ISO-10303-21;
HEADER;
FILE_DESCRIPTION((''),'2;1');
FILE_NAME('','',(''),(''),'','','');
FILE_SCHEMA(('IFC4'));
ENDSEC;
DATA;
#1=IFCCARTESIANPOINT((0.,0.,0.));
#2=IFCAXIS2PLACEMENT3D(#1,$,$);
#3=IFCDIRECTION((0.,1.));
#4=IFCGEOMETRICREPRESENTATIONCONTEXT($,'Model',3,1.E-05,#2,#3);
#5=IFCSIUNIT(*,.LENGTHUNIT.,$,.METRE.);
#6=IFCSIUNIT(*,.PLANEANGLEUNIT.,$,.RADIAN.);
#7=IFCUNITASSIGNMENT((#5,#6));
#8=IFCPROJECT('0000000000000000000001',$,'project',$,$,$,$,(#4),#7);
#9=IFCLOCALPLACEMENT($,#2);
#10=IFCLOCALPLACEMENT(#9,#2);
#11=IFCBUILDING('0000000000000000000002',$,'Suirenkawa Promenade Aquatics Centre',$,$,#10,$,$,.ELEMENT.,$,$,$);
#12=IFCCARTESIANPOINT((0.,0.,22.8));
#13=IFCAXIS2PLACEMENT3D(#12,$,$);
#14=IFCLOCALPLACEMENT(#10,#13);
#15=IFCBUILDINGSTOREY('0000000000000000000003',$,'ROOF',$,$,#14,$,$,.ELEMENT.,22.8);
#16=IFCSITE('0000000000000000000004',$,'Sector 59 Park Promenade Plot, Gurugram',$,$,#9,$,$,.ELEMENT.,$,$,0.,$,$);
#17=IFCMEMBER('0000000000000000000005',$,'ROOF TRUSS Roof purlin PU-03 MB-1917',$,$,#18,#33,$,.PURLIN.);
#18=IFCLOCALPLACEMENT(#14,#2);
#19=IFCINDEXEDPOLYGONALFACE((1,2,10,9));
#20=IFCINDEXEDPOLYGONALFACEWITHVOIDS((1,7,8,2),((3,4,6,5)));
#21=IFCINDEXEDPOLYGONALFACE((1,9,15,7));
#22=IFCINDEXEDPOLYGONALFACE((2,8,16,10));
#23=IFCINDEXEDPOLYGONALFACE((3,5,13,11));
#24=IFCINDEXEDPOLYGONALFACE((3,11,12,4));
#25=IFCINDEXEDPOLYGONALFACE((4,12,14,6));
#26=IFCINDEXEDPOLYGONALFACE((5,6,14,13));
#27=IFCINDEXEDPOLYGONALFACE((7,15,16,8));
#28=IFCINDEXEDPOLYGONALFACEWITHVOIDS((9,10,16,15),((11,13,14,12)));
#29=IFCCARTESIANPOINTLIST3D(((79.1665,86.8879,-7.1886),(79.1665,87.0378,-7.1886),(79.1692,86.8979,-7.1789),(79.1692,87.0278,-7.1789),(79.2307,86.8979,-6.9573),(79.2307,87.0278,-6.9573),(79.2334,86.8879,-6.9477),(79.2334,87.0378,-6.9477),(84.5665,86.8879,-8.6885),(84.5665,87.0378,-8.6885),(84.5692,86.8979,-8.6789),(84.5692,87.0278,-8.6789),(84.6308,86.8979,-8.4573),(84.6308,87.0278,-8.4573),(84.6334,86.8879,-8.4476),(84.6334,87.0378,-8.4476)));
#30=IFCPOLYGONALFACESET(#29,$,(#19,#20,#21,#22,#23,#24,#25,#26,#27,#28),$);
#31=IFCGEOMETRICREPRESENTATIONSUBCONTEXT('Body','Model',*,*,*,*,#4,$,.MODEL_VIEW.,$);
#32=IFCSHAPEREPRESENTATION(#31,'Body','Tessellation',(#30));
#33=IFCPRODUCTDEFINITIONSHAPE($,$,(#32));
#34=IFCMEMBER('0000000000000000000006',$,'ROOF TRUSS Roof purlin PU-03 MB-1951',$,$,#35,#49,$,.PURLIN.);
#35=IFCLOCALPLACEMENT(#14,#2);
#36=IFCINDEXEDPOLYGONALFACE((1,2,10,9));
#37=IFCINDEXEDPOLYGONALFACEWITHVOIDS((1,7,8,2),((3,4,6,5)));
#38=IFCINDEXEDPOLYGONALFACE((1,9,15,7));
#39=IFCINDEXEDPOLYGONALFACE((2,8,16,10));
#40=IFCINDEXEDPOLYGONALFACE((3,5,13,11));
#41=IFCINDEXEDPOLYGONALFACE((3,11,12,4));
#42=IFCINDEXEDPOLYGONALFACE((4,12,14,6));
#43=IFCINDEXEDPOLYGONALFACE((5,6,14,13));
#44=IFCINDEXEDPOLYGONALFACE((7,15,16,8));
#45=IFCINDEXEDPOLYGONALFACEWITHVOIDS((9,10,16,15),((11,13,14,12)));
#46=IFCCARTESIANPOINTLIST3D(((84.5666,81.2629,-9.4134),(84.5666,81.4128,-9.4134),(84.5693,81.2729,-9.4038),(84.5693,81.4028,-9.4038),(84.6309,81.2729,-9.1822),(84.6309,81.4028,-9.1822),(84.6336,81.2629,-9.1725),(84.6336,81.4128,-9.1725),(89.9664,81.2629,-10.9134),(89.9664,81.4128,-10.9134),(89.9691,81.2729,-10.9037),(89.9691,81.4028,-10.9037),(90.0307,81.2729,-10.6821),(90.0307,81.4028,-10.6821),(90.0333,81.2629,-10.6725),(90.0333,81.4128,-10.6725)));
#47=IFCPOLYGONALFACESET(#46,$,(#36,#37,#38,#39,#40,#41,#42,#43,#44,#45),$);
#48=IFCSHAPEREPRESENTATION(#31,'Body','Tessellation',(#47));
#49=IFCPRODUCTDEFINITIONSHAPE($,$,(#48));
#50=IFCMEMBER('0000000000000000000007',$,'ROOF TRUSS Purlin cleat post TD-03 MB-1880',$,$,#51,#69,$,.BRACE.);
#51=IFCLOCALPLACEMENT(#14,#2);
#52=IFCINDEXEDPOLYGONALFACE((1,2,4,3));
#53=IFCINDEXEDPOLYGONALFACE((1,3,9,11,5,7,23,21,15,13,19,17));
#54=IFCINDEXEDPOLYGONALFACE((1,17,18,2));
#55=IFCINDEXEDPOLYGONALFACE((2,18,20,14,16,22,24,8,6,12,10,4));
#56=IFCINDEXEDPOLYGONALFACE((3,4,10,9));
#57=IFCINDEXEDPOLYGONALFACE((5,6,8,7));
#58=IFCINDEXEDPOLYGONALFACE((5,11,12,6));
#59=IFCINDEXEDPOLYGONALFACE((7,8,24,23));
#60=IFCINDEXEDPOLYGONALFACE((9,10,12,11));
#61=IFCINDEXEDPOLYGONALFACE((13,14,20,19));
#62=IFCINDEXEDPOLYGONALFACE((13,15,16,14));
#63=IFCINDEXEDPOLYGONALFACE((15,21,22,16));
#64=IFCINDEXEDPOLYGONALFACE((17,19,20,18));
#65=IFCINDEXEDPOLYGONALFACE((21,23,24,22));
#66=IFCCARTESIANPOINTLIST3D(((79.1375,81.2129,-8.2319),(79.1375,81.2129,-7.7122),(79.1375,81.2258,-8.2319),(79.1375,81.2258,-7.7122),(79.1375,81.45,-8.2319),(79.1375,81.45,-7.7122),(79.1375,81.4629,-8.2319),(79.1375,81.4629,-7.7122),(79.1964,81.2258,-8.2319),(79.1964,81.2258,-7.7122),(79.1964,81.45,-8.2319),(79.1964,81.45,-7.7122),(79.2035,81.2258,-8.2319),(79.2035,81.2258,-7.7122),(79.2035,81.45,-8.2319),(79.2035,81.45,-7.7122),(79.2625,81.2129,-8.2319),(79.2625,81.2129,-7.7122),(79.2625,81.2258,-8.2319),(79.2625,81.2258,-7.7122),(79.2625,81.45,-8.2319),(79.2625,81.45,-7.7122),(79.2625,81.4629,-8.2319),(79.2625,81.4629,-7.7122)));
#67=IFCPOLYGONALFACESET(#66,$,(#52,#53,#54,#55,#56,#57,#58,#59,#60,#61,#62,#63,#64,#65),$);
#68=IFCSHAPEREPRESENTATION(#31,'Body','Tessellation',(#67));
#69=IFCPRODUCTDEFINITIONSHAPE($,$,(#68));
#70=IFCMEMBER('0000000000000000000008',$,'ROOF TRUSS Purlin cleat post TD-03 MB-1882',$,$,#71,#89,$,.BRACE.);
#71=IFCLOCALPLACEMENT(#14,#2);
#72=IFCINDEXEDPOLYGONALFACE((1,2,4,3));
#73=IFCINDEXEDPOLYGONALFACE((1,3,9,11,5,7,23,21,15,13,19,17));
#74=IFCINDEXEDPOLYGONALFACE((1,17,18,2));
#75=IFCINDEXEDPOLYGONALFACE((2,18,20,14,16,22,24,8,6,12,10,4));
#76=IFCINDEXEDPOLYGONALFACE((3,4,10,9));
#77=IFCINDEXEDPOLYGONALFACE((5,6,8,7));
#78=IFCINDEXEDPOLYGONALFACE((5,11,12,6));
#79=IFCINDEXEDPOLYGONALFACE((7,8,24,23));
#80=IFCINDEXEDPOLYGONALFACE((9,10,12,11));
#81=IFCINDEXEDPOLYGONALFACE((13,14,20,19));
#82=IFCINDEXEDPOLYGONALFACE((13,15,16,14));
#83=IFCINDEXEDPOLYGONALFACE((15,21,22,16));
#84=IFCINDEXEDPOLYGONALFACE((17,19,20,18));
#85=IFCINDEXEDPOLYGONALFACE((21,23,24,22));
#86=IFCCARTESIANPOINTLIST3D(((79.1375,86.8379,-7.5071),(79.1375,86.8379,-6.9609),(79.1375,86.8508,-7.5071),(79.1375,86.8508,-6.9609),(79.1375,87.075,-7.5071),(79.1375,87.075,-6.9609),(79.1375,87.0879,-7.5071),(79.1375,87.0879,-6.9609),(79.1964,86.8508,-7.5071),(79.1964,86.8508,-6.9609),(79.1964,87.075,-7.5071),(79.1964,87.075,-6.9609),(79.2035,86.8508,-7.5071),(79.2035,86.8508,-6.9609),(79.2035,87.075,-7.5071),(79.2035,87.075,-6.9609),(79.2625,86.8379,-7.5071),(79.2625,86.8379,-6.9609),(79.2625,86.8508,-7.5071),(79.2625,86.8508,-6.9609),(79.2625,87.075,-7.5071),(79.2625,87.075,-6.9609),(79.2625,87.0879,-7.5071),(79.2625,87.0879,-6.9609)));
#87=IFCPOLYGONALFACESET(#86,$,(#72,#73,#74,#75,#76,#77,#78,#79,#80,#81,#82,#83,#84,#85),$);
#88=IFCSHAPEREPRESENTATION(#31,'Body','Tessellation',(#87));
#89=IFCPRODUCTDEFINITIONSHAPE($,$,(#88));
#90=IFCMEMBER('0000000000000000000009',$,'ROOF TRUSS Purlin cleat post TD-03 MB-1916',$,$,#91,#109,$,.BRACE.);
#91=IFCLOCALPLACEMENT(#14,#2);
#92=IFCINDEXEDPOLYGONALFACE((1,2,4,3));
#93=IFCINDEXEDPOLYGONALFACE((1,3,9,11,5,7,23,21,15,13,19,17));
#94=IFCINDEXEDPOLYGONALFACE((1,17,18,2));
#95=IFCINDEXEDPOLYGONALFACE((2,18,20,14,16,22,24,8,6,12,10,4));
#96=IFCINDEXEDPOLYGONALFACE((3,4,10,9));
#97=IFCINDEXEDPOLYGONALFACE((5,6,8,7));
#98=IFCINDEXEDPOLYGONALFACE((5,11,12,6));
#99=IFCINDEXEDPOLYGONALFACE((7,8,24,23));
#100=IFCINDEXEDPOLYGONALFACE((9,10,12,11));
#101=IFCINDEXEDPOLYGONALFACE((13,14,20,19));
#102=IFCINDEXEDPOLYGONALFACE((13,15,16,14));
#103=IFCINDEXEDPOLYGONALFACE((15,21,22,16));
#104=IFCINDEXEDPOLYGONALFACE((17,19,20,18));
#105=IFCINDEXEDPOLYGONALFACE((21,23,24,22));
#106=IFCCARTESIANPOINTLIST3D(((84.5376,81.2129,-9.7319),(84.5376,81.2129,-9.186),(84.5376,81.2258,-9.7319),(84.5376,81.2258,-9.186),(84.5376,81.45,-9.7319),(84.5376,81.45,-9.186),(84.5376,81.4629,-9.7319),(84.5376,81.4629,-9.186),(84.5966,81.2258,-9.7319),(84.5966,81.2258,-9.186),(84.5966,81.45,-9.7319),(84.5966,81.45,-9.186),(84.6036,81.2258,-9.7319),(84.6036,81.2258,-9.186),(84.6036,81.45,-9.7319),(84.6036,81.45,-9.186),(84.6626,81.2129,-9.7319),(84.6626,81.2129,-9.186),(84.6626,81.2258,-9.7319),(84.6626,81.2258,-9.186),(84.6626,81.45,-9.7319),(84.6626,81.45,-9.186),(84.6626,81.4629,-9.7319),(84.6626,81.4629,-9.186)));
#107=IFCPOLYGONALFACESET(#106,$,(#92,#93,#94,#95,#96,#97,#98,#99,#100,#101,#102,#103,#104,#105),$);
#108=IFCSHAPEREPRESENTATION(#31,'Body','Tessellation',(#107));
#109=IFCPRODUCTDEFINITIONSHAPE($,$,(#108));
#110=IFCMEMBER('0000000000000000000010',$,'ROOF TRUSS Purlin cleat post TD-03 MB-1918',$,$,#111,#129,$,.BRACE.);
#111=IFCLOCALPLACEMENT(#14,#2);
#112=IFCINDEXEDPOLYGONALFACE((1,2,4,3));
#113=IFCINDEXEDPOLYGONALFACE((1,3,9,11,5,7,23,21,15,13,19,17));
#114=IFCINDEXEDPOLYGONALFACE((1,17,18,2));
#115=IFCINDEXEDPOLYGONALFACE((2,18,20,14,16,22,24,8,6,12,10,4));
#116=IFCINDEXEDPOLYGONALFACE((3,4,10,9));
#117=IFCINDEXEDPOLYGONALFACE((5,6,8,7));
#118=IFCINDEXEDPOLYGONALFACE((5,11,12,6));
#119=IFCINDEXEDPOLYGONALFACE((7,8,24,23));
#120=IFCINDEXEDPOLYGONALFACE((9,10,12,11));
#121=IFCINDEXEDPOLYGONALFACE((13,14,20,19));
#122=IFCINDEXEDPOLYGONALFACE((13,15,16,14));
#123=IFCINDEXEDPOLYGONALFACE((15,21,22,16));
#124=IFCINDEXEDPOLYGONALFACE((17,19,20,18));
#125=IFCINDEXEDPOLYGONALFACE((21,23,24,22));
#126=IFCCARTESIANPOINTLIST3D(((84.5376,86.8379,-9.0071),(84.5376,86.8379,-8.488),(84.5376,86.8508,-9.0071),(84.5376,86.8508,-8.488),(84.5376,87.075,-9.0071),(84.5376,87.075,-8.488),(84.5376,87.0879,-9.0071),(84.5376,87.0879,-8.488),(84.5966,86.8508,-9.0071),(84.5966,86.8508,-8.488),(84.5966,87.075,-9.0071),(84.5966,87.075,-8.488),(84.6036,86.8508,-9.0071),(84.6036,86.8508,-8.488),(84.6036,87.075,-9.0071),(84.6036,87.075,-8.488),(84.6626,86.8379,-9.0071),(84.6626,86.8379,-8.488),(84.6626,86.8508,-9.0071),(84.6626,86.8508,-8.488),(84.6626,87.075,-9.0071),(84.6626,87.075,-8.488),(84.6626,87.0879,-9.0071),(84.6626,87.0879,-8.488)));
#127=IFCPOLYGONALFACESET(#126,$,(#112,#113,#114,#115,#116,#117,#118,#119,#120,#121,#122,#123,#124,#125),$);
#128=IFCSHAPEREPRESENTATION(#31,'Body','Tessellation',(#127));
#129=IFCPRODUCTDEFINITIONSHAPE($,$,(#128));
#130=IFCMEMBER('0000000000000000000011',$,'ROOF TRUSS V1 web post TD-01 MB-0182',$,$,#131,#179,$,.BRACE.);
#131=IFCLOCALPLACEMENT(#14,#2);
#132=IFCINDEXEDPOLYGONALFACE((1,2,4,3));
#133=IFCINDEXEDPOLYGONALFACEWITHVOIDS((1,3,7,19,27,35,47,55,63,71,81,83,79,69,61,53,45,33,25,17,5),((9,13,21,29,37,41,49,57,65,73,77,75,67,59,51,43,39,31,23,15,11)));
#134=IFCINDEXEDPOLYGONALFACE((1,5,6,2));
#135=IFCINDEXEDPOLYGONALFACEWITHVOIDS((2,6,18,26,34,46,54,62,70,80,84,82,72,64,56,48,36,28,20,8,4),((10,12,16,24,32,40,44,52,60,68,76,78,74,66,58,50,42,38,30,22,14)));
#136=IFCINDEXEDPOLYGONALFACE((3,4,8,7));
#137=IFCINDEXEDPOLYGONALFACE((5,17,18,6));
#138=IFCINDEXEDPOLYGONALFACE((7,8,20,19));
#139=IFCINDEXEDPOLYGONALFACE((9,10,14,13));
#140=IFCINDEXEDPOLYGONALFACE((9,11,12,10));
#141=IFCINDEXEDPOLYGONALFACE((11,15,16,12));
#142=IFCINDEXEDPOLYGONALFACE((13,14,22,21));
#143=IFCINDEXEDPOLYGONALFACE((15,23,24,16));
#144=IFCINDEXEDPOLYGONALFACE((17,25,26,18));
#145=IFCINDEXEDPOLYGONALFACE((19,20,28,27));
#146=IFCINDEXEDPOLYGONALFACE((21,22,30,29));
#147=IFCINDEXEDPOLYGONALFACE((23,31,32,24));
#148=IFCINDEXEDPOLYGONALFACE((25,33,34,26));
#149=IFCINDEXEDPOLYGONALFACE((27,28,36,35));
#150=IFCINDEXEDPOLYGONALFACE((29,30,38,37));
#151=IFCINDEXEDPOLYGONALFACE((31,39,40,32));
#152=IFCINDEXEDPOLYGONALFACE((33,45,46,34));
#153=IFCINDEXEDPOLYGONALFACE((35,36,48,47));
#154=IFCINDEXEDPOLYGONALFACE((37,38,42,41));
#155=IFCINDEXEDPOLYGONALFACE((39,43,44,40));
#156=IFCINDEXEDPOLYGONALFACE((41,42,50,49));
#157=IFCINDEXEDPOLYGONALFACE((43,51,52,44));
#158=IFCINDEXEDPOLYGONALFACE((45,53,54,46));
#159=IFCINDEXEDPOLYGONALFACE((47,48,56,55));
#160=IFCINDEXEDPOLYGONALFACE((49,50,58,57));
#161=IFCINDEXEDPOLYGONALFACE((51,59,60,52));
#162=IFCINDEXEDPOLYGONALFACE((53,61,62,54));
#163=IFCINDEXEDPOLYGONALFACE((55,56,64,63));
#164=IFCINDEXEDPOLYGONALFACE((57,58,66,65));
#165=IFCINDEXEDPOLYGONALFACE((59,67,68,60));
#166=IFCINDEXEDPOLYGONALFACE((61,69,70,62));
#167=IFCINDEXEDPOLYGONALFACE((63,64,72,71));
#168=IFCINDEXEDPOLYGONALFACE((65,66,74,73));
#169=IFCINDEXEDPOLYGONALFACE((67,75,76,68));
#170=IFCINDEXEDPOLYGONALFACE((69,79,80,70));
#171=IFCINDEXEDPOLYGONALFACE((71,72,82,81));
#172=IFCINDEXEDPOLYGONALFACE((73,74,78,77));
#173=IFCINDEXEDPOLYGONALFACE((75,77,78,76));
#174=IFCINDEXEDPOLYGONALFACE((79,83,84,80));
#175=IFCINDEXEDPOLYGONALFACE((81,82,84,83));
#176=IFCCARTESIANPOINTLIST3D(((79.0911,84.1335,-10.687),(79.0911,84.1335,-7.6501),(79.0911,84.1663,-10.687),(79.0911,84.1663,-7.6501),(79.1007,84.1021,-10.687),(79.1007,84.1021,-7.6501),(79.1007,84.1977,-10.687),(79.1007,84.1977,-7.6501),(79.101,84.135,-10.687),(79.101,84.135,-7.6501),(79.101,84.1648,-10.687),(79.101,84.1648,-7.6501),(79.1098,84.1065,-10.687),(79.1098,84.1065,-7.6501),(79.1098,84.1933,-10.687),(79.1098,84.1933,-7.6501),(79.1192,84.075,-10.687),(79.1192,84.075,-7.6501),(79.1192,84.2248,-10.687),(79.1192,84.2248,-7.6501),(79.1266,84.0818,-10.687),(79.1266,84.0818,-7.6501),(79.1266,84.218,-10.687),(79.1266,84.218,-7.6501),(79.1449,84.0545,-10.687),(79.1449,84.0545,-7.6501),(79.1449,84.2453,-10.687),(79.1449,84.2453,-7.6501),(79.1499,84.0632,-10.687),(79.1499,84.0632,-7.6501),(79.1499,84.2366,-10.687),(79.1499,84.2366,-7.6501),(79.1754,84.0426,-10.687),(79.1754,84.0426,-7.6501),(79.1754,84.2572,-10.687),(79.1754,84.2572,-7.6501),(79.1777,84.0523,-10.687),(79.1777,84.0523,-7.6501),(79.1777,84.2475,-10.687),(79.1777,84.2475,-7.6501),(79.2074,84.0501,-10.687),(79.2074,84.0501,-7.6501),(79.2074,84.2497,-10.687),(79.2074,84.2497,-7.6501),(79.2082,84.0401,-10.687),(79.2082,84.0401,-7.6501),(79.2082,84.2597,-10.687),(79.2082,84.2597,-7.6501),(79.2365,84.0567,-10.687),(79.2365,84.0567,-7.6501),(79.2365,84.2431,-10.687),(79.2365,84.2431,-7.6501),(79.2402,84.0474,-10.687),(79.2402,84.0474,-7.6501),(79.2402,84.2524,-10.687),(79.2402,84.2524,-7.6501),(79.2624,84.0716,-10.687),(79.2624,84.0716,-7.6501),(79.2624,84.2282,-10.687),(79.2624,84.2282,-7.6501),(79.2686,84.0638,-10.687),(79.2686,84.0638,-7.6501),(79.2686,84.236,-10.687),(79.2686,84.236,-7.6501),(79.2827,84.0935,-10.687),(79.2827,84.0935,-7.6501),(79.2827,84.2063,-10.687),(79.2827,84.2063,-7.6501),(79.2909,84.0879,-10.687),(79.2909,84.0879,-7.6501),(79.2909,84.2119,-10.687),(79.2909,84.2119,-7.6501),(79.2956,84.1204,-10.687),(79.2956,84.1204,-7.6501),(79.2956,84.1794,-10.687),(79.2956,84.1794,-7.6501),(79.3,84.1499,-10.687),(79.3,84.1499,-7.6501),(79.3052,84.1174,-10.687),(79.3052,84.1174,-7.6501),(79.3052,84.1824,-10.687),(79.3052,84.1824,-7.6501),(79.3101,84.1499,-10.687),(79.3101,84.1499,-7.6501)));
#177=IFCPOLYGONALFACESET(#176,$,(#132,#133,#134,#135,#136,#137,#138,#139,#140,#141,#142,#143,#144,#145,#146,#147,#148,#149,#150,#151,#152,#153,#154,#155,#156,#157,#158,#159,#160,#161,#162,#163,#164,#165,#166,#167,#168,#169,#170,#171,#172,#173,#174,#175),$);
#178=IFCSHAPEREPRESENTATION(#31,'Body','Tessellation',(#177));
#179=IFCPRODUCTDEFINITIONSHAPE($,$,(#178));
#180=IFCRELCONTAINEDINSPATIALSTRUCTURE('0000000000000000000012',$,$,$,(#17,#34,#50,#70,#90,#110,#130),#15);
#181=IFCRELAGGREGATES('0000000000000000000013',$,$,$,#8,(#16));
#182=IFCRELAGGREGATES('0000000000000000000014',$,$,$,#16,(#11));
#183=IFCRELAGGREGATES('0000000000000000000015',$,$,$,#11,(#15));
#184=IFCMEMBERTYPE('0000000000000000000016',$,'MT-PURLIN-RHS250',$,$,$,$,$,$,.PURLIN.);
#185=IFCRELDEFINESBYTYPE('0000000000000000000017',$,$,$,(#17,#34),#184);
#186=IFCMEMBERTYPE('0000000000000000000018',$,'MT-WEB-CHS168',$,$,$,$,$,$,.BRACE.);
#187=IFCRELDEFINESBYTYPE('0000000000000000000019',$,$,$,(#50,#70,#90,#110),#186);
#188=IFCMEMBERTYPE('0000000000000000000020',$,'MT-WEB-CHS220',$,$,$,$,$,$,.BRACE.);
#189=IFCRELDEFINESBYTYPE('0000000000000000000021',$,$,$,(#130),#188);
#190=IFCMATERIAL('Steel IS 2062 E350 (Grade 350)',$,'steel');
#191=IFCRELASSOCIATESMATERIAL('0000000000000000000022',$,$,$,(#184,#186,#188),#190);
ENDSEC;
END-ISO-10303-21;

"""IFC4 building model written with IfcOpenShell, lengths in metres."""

from ifc_helpers import new_model, si_unit, direction, frame, origin, origin_2d, place, context, subcontext, project, spatial, hollow_rectangle, hollow_circle, i_section, extrude, material, material_profile, profile_set, type_object, element, save


model = new_model("IFC4")

# Units and contexts
model_context = context("Model", 3, precision=1e-05, world=origin(), true_north=direction((0.0, 1.0)))
body_context = subcontext(model_context, "Body", "Model", "MODEL_VIEW")
ifc_project = project(units=[si_unit("LENGTHUNIT", "METRE"), si_unit("PLANEANGLEUNIT", "RADIAN")], contexts=[model_context])

# Site, building, storey
site_placement = place(None, origin())
site = spatial("IfcSite", under=ifc_project, at=site_placement, Name="Sector 59 Park Promenade Plot, Gurugram", CompositionType="ELEMENT", RefElevation=0.0)
building_placement = place(site_placement, origin())
building = spatial("IfcBuilding", under=site, at=building_placement, Name="Suirenkawa Promenade Aquatics Centre", CompositionType="ELEMENT")
storey_placement = place(building_placement, frame((0.0, 0.0, 22.8)))
storey = spatial("IfcBuildingStorey", under=building, at=storey_placement, Name="ROOF", CompositionType="ELEMENT", Elevation=22.8)

# Shared definitions
ifc_material = material(Name="Steel IS 2062 E350 (Grade 350)", Category="steel")

# Members
ifc_material_profile_1 = material_profile(ifc_material, hollow_rectangle(XDim=0.1499, YDim=0.25, WallThickness=0.01, at=origin_2d()), Name="RHS 250x150x10", Category="steel")
ifc_profile_set_1 = profile_set([ifc_material_profile_1], Name="Steel IS 2062 E350 (Grade 350)")
member_type_1 = type_object("IfcMemberType", Name="MT-PURLIN-RHS250", PredefinedType="PURLIN", material=ifc_profile_set_1)
member_1_placement = place(storey_placement, frame((79.2, 86.9629, -7.0681), z_axis=(0.96352, 0.0, -0.267637), x_axis=(0.0, 1.0, 0.0)))
element("IfcMember", 1, at=member_1_placement, inside=storey, type_object=member_type_1, Name="ROOF TRUSS Roof purlin PU-03 MB-1917", PredefinedType="PURLIN", context=body_context, shape_type="SweptSolid", body=[
    extrude(hollow_rectangle(XDim=0.1499, YDim=0.25, WallThickness=0.01, at=origin_2d()), origin(), (0.0, 0.0, 1.0), 5.6045),
])
member_2_placement = place(storey_placement, frame((84.6001, 81.3379, -9.293), z_axis=(0.963517, 0.0, -0.267648), x_axis=(0.0, 1.0, 0.0)))
element("IfcMember", 2, at=member_2_placement, inside=storey, type_object=member_type_1, Name="ROOF TRUSS Roof purlin PU-03 MB-1951", PredefinedType="PURLIN", context=body_context, shape_type="SweptSolid", body=[
    extrude(hollow_rectangle(XDim=0.1499, YDim=0.25, WallThickness=0.01, at=origin_2d()), origin(), (0.0, 0.0, 1.0), 5.6042),
])
ifc_material_profile_2 = material_profile(ifc_material, i_section(OverallWidth=0.125, OverallDepth=0.25, WebThickness=0.0071, FlangeThickness=0.0129, at=origin_2d()), Name="ISMB 250", Category="steel")
ifc_profile_set_2 = profile_set([ifc_material_profile_2], Name="Steel IS 2062 E350 (Grade 350)")
member_type_2 = type_object("IfcMemberType", Name="MT-WEB-CHS168", PredefinedType="BRACE", material=ifc_profile_set_2)
member_3_placement = place(storey_placement, frame((79.2, 81.3379, -8.2319), z_axis=(0.0, 0.0, 1.0), x_axis=(1.0, 0.0, 0.0)))
element("IfcMember", 3, at=member_3_placement, inside=storey, type_object=member_type_2, Name="ROOF TRUSS Purlin cleat post TD-03 MB-1880", PredefinedType="BRACE", context=body_context, shape_type="SweptSolid", body=[
    extrude(i_section(OverallWidth=0.125, OverallDepth=0.25, WebThickness=0.0071, FlangeThickness=0.0129, at=origin_2d()), origin(), (0.0, 0.0, 1.0), 0.5198),
])
member_4_placement = place(storey_placement, frame((79.2, 86.9629, -7.5071), z_axis=(0.0, 0.0, 1.0), x_axis=(1.0, 0.0, 0.0)))
element("IfcMember", 4, at=member_4_placement, inside=storey, type_object=member_type_2, Name="ROOF TRUSS Purlin cleat post TD-03 MB-1882", PredefinedType="BRACE", context=body_context, shape_type="SweptSolid", body=[
    extrude(i_section(OverallWidth=0.125, OverallDepth=0.25, WebThickness=0.0071, FlangeThickness=0.0129, at=origin_2d()), origin(), (0.0, 0.0, 1.0), 0.5461),
])
member_5_placement = place(storey_placement, frame((84.6001, 81.3379, -9.7319), z_axis=(0.0, 0.0, 1.0), x_axis=(1.0, 0.0, 0.0)))
element("IfcMember", 5, at=member_5_placement, inside=storey, type_object=member_type_2, Name="ROOF TRUSS Purlin cleat post TD-03 MB-1916", PredefinedType="BRACE", context=body_context, shape_type="SweptSolid", body=[
    extrude(i_section(OverallWidth=0.125, OverallDepth=0.25, WebThickness=0.0071, FlangeThickness=0.0129, at=origin_2d()), origin(), (0.0, 0.0, 1.0), 0.5459),
])
member_6_placement = place(storey_placement, frame((84.6001, 86.9629, -9.0071), z_axis=(0.0, 0.0, 1.0), x_axis=(1.0, 0.0, 0.0)))
element("IfcMember", 6, at=member_6_placement, inside=storey, type_object=member_type_2, Name="ROOF TRUSS Purlin cleat post TD-03 MB-1918", PredefinedType="BRACE", context=body_context, shape_type="SweptSolid", body=[
    extrude(i_section(OverallWidth=0.125, OverallDepth=0.25, WebThickness=0.0071, FlangeThickness=0.0129, at=origin_2d()), origin(), (0.0, 0.0, 1.0), 0.519),
])
ifc_material_profile_3 = material_profile(ifc_material, hollow_circle(Radius=0.1101, WallThickness=0.01, at=origin_2d()), Name="CHS 220x10", Category="steel")
ifc_profile_set_3 = profile_set([ifc_material_profile_3], Name="Steel IS 2062 E350 (Grade 350)")
member_type_3 = type_object("IfcMemberType", Name="MT-WEB-CHS220", PredefinedType="BRACE", material=ifc_profile_set_3)
member_7_placement = place(storey_placement, frame((79.2, 84.1499, -10.687), z_axis=(0.0, 0.0, 1.0), x_axis=(1.0, 0.0, 0.0)))
element("IfcMember", 7, at=member_7_placement, inside=storey, type_object=member_type_3, Name="ROOF TRUSS V1 web post TD-01 MB-0182", PredefinedType="BRACE", context=body_context, shape_type="SweptSolid", body=[
    extrude(hollow_circle(Radius=0.1101, WallThickness=0.01, at=origin_2d()), origin(), (0.0, 0.0, 1.0), 3.0369),
])

save(model, "model.ifc")
